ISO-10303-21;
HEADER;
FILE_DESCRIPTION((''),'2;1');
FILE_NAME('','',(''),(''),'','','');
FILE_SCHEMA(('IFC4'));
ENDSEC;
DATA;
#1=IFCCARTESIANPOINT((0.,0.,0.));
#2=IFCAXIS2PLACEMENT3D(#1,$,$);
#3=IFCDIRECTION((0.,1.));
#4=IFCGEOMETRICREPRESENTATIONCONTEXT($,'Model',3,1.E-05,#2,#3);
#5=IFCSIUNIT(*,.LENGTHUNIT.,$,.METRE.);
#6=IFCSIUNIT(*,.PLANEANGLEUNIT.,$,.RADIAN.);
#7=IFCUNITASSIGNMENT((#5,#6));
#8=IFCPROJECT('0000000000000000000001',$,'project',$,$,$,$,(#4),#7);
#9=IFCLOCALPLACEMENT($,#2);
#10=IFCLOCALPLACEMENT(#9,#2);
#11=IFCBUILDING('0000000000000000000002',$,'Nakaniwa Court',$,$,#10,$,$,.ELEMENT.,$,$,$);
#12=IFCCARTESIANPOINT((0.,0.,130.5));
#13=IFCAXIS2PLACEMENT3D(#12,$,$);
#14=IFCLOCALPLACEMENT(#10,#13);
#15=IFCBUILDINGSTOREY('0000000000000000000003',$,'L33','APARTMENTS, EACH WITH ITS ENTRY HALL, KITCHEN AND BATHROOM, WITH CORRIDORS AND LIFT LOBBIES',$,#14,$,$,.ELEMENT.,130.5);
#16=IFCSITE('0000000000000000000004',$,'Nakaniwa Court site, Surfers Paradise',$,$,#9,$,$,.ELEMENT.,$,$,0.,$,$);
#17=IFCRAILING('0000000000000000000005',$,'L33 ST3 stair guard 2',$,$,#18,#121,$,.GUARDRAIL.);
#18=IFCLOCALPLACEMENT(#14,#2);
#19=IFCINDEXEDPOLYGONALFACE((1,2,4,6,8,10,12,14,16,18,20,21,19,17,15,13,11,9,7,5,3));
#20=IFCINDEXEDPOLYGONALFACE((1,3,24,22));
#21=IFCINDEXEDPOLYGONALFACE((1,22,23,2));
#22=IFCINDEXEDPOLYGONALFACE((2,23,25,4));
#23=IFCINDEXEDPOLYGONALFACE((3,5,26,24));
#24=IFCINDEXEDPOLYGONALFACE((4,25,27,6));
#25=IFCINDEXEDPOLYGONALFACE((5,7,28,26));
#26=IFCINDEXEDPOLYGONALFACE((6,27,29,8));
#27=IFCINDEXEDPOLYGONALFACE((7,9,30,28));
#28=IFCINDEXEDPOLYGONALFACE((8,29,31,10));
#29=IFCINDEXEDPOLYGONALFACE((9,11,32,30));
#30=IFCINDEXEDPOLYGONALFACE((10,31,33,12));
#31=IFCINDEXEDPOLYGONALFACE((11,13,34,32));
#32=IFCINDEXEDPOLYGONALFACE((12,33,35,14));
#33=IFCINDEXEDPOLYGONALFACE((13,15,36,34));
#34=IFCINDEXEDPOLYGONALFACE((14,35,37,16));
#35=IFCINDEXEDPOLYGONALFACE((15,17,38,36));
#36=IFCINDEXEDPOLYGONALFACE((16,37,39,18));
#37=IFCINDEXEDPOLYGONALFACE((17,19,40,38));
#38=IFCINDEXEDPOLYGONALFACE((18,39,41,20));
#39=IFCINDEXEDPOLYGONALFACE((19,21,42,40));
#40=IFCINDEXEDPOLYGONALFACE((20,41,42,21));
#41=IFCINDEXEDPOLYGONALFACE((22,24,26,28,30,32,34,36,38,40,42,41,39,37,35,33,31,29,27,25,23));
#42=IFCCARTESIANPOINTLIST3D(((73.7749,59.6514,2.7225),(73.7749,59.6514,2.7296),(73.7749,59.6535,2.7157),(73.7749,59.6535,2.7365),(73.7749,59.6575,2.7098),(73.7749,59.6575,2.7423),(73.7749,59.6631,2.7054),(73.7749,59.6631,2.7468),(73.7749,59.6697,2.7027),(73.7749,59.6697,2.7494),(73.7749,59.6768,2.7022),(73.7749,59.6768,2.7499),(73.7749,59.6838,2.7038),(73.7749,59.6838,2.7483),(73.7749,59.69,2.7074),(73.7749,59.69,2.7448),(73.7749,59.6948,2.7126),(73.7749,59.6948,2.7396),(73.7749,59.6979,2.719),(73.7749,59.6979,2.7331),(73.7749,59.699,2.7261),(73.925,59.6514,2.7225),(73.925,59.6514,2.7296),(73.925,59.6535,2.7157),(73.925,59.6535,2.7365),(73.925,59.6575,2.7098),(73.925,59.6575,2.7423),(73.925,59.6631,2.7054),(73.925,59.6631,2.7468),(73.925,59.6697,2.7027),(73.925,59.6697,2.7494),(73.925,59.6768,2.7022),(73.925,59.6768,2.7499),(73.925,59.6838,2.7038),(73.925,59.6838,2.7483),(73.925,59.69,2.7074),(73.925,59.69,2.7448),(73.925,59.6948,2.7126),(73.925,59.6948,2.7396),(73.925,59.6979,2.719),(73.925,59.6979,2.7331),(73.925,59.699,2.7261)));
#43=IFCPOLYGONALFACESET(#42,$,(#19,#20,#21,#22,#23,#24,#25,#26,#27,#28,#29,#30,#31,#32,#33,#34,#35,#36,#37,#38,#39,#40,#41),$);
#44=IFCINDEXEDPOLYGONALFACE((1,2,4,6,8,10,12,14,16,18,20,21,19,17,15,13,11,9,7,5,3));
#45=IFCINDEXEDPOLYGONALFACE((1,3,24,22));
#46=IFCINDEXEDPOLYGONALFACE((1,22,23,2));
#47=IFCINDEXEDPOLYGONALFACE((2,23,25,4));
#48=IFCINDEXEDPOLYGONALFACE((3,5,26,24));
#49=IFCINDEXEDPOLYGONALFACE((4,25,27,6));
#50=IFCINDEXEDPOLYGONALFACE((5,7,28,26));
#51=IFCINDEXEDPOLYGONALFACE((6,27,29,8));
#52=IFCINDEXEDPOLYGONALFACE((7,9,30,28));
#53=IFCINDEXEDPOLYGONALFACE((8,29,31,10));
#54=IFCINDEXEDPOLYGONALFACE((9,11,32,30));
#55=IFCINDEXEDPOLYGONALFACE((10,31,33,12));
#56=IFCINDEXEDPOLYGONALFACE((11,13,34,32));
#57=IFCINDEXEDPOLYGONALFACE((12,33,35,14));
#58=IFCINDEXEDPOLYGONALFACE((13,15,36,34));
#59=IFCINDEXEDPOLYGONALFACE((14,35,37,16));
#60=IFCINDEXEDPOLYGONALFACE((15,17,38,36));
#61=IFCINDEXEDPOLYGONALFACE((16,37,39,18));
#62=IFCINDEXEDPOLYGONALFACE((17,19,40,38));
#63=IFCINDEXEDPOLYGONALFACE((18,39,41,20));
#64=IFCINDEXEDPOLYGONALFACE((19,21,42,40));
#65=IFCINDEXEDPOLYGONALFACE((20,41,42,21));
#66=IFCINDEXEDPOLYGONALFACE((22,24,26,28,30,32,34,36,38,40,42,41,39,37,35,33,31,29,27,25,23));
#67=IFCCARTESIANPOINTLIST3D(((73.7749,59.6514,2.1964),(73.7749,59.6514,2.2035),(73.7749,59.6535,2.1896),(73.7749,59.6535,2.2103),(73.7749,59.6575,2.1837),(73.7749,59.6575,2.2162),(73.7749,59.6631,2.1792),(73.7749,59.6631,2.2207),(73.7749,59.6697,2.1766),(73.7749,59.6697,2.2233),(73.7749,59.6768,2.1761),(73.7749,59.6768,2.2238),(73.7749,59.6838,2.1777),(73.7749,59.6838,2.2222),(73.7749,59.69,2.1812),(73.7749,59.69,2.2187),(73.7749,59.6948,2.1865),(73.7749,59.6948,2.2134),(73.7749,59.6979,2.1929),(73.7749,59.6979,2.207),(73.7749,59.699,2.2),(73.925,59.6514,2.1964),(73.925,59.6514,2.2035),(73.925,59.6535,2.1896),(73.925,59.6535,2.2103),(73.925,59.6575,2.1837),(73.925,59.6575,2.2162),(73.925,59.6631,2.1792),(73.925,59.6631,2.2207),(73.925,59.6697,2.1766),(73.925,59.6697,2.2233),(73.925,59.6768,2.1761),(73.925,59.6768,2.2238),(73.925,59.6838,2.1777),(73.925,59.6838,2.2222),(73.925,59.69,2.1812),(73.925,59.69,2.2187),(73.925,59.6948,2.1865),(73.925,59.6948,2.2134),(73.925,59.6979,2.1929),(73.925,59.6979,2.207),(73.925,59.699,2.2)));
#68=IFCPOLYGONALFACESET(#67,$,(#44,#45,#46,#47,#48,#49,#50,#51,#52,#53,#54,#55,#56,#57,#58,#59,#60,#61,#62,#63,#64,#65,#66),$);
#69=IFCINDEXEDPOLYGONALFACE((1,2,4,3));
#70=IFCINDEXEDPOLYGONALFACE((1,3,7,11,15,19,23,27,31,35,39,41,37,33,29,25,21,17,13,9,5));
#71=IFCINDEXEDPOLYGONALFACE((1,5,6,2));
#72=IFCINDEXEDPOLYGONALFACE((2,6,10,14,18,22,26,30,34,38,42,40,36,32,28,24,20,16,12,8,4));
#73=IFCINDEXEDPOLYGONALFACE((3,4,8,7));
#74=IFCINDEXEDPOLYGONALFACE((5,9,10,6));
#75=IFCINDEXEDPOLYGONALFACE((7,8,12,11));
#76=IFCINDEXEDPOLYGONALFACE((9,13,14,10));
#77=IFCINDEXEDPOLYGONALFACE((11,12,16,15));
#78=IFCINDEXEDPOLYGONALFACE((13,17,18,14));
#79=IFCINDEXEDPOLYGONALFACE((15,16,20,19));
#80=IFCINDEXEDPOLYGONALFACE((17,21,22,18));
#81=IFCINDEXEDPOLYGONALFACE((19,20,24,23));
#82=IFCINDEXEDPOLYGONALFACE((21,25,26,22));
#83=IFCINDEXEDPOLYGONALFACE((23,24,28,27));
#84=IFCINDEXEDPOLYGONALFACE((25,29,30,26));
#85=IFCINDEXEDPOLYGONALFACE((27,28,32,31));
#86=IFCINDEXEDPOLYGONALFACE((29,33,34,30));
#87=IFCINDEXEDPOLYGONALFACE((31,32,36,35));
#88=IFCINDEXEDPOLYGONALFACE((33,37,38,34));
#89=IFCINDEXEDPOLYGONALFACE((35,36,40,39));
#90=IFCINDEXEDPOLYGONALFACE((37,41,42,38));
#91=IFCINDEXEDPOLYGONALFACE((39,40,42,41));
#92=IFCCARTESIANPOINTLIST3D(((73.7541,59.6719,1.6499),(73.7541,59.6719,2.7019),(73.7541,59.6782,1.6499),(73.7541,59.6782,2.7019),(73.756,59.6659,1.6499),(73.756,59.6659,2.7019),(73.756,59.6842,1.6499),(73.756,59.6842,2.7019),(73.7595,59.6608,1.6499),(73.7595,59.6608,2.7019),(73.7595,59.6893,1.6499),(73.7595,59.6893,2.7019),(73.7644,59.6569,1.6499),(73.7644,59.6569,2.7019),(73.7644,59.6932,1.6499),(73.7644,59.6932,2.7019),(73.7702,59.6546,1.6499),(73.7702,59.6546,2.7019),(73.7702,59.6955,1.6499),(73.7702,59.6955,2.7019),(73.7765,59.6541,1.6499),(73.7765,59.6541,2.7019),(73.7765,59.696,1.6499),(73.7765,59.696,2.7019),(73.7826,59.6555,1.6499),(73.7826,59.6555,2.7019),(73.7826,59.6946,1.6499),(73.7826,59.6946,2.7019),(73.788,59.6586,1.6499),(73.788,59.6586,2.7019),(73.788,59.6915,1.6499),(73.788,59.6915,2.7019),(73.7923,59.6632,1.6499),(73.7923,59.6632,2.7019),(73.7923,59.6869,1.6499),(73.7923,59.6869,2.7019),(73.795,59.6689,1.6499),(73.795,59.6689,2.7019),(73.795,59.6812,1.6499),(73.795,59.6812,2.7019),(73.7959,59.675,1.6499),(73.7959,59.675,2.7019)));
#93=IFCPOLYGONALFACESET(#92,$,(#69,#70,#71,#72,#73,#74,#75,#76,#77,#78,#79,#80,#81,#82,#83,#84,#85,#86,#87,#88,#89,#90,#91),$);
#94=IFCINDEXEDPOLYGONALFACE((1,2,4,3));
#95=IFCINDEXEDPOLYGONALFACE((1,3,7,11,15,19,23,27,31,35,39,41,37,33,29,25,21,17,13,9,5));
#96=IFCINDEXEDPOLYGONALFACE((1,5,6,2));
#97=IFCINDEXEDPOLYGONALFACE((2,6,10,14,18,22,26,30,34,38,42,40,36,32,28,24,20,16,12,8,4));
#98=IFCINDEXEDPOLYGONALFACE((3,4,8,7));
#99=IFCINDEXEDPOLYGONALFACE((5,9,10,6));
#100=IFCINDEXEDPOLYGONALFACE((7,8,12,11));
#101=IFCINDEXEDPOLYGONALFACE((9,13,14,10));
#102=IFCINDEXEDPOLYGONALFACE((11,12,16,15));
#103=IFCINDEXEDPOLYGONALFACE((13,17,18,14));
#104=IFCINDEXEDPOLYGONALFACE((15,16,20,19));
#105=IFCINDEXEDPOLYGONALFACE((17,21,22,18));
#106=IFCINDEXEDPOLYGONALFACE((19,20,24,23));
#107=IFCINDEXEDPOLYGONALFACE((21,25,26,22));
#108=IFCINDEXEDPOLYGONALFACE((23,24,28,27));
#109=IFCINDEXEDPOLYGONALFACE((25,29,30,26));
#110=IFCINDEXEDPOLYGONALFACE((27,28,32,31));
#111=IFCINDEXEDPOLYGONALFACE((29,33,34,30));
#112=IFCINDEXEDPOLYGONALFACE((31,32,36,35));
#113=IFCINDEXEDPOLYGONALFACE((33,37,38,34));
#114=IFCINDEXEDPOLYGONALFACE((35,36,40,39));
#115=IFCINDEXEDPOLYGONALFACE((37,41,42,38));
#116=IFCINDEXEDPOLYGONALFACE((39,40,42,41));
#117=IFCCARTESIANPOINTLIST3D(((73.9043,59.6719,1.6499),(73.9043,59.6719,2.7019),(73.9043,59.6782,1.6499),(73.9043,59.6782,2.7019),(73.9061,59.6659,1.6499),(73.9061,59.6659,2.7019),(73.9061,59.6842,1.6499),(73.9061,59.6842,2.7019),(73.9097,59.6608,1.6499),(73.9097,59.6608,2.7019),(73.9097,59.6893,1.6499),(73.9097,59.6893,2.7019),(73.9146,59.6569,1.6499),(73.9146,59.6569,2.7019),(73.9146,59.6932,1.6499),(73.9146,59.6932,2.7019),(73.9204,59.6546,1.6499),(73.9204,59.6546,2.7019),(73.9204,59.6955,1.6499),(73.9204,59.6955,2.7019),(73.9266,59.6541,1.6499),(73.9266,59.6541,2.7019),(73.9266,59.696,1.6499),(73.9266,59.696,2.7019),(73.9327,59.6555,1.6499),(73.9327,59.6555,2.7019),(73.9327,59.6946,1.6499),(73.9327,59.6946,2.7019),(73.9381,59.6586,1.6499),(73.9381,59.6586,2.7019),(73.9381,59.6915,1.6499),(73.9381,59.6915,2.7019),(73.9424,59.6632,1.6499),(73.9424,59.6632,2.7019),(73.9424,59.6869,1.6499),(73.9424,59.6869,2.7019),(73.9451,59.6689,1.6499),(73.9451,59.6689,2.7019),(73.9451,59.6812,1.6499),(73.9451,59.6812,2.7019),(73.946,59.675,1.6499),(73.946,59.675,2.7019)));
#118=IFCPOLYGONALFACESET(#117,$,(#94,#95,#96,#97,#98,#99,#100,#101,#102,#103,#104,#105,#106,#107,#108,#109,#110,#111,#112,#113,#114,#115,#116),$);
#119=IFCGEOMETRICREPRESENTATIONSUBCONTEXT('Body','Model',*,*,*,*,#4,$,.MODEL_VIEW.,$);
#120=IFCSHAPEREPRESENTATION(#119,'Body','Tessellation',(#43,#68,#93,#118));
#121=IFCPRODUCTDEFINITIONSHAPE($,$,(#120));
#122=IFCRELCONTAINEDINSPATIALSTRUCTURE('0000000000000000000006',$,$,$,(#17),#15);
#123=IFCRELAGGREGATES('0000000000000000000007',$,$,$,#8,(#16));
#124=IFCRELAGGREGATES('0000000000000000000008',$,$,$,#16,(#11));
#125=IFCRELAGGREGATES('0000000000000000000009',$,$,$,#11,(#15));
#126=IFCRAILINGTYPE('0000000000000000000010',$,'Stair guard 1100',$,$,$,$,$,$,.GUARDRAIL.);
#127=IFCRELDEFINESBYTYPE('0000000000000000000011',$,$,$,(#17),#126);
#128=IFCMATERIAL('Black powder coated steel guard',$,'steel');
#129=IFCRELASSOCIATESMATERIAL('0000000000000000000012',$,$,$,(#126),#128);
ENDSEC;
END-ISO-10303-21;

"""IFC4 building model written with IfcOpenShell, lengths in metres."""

from ifc_helpers import new_model, si_unit, direction, frame, origin, origin_2d, place, context, subcontext, project, spatial, circle, extrude, material, type_object, element, save


model = new_model("IFC4")

# Units and contexts
model_context = context("Model", 3, precision=1e-05, world=origin(), true_north=direction((0.0, 1.0)))
body_context = subcontext(model_context, "Body", "Model", "MODEL_VIEW")
ifc_project = project(units=[si_unit("LENGTHUNIT", "METRE"), si_unit("PLANEANGLEUNIT", "RADIAN")], contexts=[model_context])

# Site, building, storey
site_placement = place(None, origin())
site = spatial("IfcSite", under=ifc_project, at=site_placement, Name="Nakaniwa Court site, Surfers Paradise", CompositionType="ELEMENT", RefElevation=0.0)
building_placement = place(site_placement, origin())
building = spatial("IfcBuilding", under=site, at=building_placement, Name="Nakaniwa Court", CompositionType="ELEMENT")
storey_placement = place(building_placement, frame((0.0, 0.0, 130.5)))
storey = spatial("IfcBuildingStorey", under=building, at=storey_placement, Name="L33", Description="APARTMENTS, EACH WITH ITS ENTRY HALL, KITCHEN AND BATHROOM, WITH CORRIDORS AND LIFT LOBBIES", CompositionType="ELEMENT", Elevation=130.5)

# Railing
ifc_material_1 = material(Name="Black powder coated steel guard", Category="steel")
railing_type_1 = type_object("IfcRailingType", Name="Stair guard 1100", PredefinedType="GUARDRAIL", material=ifc_material_1)
railing_1_placement = place(storey_placement, frame((73.7749, 59.675, 1.6499)))
element("IfcRailing", 1, at=railing_1_placement, inside=storey, type_object=railing_type_1, Name="L33 ST3 stair guard 2", PredefinedType="GUARDRAIL", context=body_context, shape_type="SweptSolid", body=[
    extrude(circle(Radius=0.0239, at=origin_2d()), frame((0.0, 0.0, 1.0762), z_axis=(1.0, 0.0, 0.0), x_axis=(0.0, 1.0, 0.0)), (0.0, 0.0, 1.0), 0.1501),
    extrude(circle(Radius=0.0239, at=origin_2d()), frame((0.0, 0.0, 0.55), z_axis=(1.0, 0.0, 0.0), x_axis=(0.0, 1.0, 0.0)), (0.0, 0.0, 1.0), 0.1501),
    extrude(circle(Radius=0.021, at=origin_2d()), origin(), (0.0, 0.0, 1.0), 1.052),
    extrude(circle(Radius=0.021, at=origin_2d()), frame((0.1501, 0.0, 0.0)), (0.0, 0.0, 1.0), 1.052),
])

save(model, "model.ifc")
